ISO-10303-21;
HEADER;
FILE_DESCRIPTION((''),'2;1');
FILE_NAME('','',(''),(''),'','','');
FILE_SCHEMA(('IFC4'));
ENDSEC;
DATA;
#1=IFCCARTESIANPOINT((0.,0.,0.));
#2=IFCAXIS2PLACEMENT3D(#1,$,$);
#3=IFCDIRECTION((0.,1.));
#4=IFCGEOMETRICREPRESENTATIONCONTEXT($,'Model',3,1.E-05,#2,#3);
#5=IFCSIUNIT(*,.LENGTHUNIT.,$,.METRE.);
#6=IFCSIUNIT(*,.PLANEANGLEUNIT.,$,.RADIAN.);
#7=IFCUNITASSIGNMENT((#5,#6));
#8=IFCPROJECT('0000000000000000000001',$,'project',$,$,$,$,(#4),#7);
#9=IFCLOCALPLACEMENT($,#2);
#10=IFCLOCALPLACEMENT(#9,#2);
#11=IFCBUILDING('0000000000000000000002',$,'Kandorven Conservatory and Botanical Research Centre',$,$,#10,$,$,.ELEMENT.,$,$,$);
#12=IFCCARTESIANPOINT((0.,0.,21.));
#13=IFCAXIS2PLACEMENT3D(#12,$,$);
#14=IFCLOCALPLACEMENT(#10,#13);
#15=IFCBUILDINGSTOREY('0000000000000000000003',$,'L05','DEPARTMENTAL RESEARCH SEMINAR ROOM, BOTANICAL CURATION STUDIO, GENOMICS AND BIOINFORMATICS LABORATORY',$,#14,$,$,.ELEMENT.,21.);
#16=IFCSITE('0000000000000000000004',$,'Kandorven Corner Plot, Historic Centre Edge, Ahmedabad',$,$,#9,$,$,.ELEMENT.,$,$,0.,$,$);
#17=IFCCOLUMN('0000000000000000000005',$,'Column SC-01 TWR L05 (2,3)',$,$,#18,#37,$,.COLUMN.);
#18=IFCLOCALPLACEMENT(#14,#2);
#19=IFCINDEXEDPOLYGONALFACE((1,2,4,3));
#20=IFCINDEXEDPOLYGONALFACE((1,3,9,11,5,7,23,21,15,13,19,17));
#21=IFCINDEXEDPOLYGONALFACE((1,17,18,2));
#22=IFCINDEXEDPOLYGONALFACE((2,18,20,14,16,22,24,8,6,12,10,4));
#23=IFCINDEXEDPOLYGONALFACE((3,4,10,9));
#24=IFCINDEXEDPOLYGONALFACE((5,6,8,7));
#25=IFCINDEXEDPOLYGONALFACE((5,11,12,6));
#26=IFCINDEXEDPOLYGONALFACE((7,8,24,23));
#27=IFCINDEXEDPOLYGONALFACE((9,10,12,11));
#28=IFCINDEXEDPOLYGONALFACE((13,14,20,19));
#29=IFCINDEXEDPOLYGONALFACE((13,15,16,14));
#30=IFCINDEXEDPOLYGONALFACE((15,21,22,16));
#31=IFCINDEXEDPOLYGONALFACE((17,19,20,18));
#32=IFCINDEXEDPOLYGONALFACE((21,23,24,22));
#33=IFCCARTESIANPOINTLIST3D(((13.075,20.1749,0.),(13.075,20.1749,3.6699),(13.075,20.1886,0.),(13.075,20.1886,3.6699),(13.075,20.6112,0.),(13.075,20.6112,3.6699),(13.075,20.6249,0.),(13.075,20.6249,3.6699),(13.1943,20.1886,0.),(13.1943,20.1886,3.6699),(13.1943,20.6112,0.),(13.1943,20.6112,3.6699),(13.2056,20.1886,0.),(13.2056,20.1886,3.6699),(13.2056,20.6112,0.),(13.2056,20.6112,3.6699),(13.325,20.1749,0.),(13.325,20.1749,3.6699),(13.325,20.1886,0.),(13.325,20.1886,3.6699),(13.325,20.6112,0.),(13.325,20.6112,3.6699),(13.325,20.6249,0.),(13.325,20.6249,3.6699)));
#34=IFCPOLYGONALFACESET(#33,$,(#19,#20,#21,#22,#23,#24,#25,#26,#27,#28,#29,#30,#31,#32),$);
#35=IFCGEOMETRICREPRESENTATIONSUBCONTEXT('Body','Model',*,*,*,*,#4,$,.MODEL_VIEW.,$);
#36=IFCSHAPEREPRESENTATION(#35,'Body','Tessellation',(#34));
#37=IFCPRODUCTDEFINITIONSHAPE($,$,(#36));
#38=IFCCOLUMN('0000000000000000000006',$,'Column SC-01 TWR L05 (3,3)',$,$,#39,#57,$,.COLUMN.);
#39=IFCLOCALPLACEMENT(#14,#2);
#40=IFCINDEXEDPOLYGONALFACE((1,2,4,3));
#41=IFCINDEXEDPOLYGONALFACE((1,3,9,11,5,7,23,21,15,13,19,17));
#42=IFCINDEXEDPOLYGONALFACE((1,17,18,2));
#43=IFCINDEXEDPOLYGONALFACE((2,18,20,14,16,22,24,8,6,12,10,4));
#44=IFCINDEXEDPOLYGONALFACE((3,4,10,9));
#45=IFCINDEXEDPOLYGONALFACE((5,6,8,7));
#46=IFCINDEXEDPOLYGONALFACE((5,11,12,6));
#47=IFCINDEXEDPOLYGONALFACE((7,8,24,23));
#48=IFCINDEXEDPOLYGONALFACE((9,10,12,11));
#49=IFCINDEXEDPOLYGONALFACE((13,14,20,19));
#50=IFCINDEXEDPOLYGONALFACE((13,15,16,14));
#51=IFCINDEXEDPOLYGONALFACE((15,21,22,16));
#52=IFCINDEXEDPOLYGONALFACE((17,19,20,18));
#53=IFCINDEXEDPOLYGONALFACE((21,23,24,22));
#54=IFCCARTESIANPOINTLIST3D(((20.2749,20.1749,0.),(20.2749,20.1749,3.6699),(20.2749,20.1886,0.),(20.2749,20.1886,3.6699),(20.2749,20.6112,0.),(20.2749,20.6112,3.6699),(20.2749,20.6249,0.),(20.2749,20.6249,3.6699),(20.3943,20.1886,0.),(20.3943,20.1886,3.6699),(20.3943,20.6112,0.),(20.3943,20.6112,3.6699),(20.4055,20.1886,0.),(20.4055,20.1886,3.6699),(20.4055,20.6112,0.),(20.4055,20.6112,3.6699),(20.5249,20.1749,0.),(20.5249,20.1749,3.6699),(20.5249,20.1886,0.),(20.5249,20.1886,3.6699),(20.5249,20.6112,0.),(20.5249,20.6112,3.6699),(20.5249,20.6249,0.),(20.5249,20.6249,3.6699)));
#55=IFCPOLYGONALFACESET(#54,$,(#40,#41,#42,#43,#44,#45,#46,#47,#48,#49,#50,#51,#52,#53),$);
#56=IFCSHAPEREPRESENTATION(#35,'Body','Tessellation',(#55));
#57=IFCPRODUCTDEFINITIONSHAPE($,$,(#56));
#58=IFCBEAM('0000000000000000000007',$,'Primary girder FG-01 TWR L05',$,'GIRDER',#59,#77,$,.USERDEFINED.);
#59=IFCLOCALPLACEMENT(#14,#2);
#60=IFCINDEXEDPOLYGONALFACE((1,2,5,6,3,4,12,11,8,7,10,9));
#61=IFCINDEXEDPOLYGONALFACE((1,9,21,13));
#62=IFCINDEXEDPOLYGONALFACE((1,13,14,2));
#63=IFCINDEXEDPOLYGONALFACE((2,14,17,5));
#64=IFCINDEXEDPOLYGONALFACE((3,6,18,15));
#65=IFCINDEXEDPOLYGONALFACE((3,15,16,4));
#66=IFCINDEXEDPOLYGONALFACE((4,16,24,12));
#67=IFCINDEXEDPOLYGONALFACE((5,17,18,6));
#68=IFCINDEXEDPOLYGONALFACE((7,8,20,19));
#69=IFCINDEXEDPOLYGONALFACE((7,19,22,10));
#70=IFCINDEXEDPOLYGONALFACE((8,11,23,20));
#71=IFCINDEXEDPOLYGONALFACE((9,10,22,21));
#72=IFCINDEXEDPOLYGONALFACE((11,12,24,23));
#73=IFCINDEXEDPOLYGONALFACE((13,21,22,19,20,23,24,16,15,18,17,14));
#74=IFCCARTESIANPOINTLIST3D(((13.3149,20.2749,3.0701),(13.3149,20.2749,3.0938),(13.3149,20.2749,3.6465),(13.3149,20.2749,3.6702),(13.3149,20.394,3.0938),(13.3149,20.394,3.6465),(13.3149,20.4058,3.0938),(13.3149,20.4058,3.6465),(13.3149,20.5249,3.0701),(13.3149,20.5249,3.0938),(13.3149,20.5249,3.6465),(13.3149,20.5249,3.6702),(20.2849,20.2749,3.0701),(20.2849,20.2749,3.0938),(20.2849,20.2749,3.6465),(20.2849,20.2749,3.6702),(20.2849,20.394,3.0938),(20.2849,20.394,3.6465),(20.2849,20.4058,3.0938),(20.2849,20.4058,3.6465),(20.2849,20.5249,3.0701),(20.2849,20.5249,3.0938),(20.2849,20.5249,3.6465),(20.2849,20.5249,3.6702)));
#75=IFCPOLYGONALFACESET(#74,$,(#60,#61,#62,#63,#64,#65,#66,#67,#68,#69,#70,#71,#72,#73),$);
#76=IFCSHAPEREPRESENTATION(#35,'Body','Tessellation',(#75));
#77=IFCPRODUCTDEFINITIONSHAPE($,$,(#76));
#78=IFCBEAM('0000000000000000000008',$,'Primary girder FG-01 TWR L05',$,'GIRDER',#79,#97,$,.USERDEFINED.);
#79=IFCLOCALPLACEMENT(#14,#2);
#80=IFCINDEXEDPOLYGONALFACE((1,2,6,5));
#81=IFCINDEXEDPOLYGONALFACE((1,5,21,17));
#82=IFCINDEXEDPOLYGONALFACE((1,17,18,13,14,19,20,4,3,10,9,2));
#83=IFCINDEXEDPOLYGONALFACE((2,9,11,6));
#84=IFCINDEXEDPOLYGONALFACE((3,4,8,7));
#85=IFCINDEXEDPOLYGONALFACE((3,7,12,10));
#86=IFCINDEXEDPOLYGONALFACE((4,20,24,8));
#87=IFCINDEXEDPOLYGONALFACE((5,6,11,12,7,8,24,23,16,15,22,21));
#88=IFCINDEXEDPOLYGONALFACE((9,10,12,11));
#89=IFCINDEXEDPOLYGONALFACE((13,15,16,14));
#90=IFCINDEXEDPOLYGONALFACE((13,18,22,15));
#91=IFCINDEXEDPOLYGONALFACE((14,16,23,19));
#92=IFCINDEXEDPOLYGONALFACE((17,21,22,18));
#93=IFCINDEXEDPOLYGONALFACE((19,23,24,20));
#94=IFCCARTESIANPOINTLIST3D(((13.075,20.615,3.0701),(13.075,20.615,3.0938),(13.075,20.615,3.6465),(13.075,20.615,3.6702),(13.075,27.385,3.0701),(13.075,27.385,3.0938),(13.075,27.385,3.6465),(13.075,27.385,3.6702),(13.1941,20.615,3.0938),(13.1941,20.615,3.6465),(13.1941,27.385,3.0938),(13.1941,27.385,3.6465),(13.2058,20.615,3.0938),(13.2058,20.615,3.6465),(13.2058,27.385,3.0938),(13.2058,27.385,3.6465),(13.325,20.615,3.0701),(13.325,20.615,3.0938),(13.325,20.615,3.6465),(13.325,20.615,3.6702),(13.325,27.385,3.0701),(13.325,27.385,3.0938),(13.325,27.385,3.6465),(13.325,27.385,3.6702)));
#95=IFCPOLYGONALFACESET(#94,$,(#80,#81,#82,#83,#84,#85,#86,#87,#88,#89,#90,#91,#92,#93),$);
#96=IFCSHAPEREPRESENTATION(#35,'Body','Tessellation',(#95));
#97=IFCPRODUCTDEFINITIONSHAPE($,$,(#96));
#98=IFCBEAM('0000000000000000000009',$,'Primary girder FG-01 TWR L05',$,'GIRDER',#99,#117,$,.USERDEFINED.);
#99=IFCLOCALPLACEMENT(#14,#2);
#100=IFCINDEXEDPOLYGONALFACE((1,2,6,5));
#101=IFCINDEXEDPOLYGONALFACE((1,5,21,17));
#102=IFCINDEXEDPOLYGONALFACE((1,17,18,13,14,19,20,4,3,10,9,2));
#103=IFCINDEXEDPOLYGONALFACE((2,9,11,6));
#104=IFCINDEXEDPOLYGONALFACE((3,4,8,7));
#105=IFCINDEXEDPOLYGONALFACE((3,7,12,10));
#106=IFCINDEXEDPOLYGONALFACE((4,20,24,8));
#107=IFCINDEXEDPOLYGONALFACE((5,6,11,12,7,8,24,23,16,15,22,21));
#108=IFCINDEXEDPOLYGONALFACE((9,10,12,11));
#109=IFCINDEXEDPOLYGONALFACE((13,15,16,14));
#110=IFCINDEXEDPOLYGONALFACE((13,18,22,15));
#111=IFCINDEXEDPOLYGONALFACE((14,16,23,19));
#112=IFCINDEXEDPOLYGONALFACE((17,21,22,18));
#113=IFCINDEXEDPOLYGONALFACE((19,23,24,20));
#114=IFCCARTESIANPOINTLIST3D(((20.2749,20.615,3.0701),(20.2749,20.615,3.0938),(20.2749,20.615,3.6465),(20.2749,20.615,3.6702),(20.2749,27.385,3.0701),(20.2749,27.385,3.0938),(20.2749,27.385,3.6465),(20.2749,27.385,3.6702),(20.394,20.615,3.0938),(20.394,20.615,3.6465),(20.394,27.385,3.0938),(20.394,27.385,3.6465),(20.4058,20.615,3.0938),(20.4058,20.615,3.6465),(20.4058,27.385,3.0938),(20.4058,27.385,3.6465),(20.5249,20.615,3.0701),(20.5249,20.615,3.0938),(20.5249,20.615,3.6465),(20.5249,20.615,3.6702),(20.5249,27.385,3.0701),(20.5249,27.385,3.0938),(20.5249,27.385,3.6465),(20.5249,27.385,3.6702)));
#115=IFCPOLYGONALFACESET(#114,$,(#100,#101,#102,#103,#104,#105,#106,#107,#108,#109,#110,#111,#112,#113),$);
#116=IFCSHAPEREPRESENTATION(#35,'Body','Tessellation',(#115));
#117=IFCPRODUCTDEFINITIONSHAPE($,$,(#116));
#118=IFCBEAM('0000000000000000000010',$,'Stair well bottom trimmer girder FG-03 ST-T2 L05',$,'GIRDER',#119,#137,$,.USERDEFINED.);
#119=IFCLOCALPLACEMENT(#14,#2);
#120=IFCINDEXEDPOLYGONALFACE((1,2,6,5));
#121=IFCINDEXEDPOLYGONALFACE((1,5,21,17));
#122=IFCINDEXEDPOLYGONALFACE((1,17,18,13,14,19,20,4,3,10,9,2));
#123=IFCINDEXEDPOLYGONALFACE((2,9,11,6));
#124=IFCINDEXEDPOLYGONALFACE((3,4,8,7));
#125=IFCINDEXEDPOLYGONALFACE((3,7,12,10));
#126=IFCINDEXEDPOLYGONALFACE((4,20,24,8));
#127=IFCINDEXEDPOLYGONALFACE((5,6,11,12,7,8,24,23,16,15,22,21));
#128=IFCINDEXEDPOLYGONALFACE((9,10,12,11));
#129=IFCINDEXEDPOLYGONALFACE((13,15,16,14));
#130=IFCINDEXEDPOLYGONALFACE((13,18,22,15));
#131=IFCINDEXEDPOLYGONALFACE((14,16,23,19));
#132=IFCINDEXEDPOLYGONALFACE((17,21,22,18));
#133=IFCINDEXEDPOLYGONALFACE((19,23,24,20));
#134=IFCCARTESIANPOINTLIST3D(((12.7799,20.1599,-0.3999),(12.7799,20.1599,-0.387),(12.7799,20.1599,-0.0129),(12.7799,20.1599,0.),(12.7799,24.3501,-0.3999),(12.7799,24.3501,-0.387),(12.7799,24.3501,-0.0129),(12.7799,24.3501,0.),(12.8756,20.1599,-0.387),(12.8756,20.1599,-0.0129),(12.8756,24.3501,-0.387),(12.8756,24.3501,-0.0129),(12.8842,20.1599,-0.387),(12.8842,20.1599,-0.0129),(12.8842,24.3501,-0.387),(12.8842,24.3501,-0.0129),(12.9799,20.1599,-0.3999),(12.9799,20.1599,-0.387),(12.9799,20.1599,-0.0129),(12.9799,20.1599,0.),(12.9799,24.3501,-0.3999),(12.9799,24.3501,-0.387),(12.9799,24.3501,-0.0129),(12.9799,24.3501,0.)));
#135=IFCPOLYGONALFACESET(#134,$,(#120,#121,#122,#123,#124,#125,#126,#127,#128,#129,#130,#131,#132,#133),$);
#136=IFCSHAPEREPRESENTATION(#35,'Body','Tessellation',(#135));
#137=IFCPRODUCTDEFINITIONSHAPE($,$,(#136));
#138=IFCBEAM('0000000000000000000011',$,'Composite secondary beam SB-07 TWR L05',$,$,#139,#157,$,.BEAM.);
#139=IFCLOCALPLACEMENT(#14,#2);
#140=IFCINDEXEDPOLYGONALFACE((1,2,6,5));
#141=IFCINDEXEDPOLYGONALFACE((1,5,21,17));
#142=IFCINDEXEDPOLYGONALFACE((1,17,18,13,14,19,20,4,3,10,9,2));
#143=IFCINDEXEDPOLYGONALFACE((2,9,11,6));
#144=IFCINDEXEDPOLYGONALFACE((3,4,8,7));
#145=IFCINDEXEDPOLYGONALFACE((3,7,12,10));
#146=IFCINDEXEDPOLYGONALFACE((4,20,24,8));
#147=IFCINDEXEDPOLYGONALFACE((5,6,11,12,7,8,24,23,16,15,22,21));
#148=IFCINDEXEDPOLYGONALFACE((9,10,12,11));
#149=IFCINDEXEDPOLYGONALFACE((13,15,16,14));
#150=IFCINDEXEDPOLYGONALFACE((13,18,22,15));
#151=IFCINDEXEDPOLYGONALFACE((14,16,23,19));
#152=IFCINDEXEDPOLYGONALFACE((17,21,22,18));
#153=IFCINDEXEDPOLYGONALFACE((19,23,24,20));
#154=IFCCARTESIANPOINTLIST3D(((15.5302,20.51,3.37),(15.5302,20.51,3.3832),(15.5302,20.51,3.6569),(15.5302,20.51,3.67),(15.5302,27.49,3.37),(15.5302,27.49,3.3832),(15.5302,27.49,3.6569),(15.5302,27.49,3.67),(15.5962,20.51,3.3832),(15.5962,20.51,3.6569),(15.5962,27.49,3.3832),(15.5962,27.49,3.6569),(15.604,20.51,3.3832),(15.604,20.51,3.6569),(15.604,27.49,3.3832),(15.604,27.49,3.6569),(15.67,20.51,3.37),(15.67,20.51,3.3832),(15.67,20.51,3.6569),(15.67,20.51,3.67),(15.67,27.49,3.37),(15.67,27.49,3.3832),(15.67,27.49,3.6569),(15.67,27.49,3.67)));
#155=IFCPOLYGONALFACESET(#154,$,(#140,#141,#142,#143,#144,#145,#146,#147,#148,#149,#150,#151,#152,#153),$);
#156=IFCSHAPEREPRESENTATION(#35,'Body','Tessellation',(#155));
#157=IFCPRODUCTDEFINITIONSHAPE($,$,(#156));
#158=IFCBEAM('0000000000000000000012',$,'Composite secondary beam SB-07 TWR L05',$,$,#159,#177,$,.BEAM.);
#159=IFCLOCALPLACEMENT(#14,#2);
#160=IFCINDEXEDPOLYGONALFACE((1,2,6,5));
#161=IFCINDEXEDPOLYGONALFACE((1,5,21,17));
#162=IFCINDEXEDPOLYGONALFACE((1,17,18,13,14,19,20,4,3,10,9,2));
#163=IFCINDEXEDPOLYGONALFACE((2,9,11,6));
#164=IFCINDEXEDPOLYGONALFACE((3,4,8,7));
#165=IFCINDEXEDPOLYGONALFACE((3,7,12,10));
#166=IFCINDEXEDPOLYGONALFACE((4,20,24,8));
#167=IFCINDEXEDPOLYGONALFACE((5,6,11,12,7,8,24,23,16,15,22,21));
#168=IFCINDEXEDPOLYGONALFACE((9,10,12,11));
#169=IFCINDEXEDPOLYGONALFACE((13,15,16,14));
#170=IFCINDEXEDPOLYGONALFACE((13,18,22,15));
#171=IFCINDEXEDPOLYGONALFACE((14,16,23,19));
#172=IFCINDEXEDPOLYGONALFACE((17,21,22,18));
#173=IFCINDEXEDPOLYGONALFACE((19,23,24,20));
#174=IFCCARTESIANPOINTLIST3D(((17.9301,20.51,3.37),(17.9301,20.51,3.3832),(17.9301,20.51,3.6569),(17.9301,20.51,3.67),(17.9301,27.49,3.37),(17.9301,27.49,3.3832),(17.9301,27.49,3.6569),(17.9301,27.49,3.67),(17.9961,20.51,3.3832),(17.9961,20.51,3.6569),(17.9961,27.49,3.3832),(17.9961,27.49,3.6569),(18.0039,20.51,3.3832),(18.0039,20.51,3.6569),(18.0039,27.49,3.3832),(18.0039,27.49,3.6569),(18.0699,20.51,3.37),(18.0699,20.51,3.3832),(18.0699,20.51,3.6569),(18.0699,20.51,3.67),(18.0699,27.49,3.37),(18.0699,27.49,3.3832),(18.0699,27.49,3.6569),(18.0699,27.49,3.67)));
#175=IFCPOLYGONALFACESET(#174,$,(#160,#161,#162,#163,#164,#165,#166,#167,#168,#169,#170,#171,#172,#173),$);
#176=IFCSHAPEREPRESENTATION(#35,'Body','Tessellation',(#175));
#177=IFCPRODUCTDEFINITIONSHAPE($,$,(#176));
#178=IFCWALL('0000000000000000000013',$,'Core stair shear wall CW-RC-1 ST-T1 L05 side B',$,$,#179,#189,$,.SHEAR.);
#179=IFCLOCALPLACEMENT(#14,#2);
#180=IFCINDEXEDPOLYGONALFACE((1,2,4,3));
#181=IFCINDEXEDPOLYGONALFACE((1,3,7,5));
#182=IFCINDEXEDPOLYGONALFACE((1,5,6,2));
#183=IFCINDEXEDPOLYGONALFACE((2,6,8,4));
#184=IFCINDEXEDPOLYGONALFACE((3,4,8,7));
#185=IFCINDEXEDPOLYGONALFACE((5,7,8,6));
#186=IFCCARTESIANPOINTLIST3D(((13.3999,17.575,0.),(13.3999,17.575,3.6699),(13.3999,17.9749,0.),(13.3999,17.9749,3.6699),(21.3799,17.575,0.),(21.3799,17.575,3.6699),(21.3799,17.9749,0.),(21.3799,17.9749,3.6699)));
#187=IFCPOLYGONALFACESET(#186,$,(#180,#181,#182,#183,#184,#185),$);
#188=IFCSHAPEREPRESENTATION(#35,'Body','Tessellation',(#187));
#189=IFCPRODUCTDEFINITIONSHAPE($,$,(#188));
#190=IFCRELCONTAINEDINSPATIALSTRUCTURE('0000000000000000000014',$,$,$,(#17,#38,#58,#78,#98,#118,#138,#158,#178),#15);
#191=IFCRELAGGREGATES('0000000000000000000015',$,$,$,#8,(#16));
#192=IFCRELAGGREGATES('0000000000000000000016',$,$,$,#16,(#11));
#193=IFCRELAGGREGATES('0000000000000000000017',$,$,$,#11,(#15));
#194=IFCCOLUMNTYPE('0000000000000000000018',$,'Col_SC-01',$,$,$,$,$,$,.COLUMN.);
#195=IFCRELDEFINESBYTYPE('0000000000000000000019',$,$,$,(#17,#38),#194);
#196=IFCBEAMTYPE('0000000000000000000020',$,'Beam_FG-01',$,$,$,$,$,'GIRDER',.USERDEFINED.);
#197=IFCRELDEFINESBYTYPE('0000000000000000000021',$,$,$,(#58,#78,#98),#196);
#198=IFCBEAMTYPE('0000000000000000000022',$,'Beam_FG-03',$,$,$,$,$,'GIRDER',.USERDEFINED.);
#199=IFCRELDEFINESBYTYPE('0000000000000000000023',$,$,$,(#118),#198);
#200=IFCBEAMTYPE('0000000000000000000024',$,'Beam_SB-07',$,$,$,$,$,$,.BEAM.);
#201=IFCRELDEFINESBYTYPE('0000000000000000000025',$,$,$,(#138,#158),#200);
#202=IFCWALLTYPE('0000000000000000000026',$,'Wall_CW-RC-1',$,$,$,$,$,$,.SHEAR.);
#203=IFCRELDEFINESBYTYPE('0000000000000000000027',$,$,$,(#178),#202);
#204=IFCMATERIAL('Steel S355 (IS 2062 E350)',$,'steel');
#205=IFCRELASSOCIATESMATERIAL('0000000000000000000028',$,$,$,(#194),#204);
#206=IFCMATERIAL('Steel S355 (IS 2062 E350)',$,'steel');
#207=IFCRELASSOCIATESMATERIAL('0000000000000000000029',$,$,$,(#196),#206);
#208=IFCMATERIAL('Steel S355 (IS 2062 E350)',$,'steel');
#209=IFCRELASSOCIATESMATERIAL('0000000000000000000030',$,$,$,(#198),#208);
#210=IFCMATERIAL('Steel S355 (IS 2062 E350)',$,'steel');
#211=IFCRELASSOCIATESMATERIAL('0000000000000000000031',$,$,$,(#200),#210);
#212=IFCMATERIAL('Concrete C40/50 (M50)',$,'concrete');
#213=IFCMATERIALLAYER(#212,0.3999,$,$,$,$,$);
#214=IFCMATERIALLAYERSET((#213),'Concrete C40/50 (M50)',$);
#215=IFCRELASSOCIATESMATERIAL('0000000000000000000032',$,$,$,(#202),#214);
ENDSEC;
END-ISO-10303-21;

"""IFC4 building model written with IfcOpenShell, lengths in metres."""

from ifc_helpers import new_model, si_unit, direction, frame, frame_2d, origin, origin_2d, place, context, subcontext, project, spatial, rectangle, i_section, extrude, material, layer, layer_set, material_profile, profile_set, type_object, element, save


model = new_model("IFC4")

# Units and contexts
model_context = context("Model", 3, precision=1e-05, world=origin(), true_north=direction((0.0, 1.0)))
body_context = subcontext(model_context, "Body", "Model", "MODEL_VIEW")
ifc_project = project(units=[si_unit("LENGTHUNIT", "METRE"), si_unit("PLANEANGLEUNIT", "RADIAN")], contexts=[model_context])

# Site, building, storey
site_placement = place(None, origin())
site = spatial("IfcSite", under=ifc_project, at=site_placement, Name="Kandorven Corner Plot, Historic Centre Edge, Ahmedabad", CompositionType="ELEMENT", RefElevation=0.0)
building_placement = place(site_placement, origin())
building = spatial("IfcBuilding", under=site, at=building_placement, Name="Kandorven Conservatory and Botanical Research Centre", CompositionType="ELEMENT")
storey_placement = place(building_placement, frame((0.0, 0.0, 21.0)))
storey = spatial("IfcBuildingStorey", under=building, at=storey_placement, Name="L05", Description="DEPARTMENTAL RESEARCH SEMINAR ROOM, BOTANICAL CURATION STUDIO, GENOMICS AND BIOINFORMATICS LABORATORY", CompositionType="ELEMENT", Elevation=21.0)

# Columns
ifc_material_1 = material(Name="Steel S355 (IS 2062 E350)", Category="steel")
ifc_material_profile_1 = material_profile(ifc_material_1, i_section(OverallWidth=0.25, OverallDepth=0.45, WebThickness=0.0112, FlangeThickness=0.0137, at=origin_2d()))
ifc_profile_set_1 = profile_set([ifc_material_profile_1], Name="Steel S355 (IS 2062 E350)")
column_type = type_object("IfcColumnType", Name="Col_SC-01", PredefinedType="COLUMN", material=ifc_profile_set_1)
for number, where, z_axis, x_axis, name in (
    (1, (13.2, 20.3999, 0.0), (0.0, 0.0, 1.0), (1.0, 0.0, 0.0), "Column SC-01 TWR L05 (2,3)"),
    (2, (20.3999, 20.3999, 0.0), (0.0, 0.0, 1.0), (1.0, 0.0, 0.0), "Column SC-01 TWR L05 (3,3)"),
):
    element("IfcColumn", number, at=place(storey_placement, frame(where, z_axis=z_axis, x_axis=x_axis)), inside=storey, type_object=column_type, Name=name, PredefinedType="COLUMN", context=body_context, shape_type="SweptSolid", body=[
        extrude(i_section(OverallWidth=0.25, OverallDepth=0.45, WebThickness=0.0112, FlangeThickness=0.0137, at=origin_2d()), origin(), (0.0, 0.0, 1.0), 3.6699),
    ])

# Beams
ifc_material_2 = material(Name="Steel S355 (IS 2062 E350)", Category="steel")
ifc_material_profile_2 = material_profile(ifc_material_2, i_section(OverallWidth=0.25, OverallDepth=0.6001, WebThickness=0.0117, FlangeThickness=0.0237, at=origin_2d()))
ifc_profile_set_2 = profile_set([ifc_material_profile_2], Name="Steel S355 (IS 2062 E350)")
beam_type_1 = type_object("IfcBeamType", Name="Beam_FG-01", ElementType="GIRDER", PredefinedType="USERDEFINED", material=ifc_profile_set_2)
beam_1_placement = place(storey_placement, frame((13.3149, 20.3999, 3.3701), z_axis=(1.0, 0.0, 0.0), x_axis=(0.0, 1.0, 0.0)))
element("IfcBeam", 3, at=beam_1_placement, inside=storey, type_object=beam_type_1, Name="Primary girder FG-01 TWR L05", ObjectType="GIRDER", PredefinedType="USERDEFINED", context=body_context, shape_type="SweptSolid", body=[
    extrude(i_section(OverallWidth=0.25, OverallDepth=0.6001, WebThickness=0.0117, FlangeThickness=0.0237, at=origin_2d()), origin(), (0.0, 0.0, 1.0), 6.97),
])
for number, where, z_axis, x_axis, name in (
    (4, (13.2, 20.615, 3.3701), (0.0, 1.0, 0.0), (-1.0, 0.0, 0.0), "Primary girder FG-01 TWR L05"),
    (5, (20.3999, 20.615, 3.3701), (0.0, 1.0, 0.0), (-1.0, 0.0, 0.0), "Primary girder FG-01 TWR L05"),
):
    element("IfcBeam", number, at=place(storey_placement, frame(where, z_axis=z_axis, x_axis=x_axis)), inside=storey, type_object=beam_type_1, Name=name, ObjectType="GIRDER", PredefinedType="USERDEFINED", context=body_context, shape_type="SweptSolid", body=[
        extrude(i_section(OverallWidth=0.25, OverallDepth=0.6001, WebThickness=0.0117, FlangeThickness=0.0237, at=origin_2d()), origin(), (0.0, 0.0, 1.0), 6.77),
    ])
ifc_material_3 = material(Name="Steel S355 (IS 2062 E350)", Category="steel")
ifc_material_profile_3 = material_profile(ifc_material_3, i_section(OverallWidth=0.2, OverallDepth=0.3999, WebThickness=0.0085, FlangeThickness=0.0129, at=origin_2d()))
ifc_profile_set_3 = profile_set([ifc_material_profile_3], Name="Steel S355 (IS 2062 E350)")
beam_type_2 = type_object("IfcBeamType", Name="Beam_FG-03", ElementType="GIRDER", PredefinedType="USERDEFINED", material=ifc_profile_set_3)
beam_2_placement = place(storey_placement, frame((12.8799, 24.3501, -0.2), z_axis=(0.0, -1.0, 0.0), x_axis=(1.0, 0.0, 0.0)))
element("IfcBeam", 6, at=beam_2_placement, inside=storey, type_object=beam_type_2, Name="Stair well bottom trimmer girder FG-03 ST-T2 L05", ObjectType="GIRDER", PredefinedType="USERDEFINED", context=body_context, shape_type="SweptSolid", body=[
    extrude(i_section(OverallWidth=0.2, OverallDepth=0.3999, WebThickness=0.0085, FlangeThickness=0.0129, at=origin_2d()), origin(), (0.0, 0.0, 1.0), 4.1902),
])
ifc_material_4 = material(Name="Steel S355 (IS 2062 E350)", Category="steel")
ifc_material_profile_4 = material_profile(ifc_material_4, i_section(OverallWidth=0.1399, OverallDepth=0.3, WebThickness=0.0078, FlangeThickness=0.0132, at=origin_2d()))
ifc_profile_set_4 = profile_set([ifc_material_profile_4], Name="Steel S355 (IS 2062 E350)")
beam_type_3 = type_object("IfcBeamType", Name="Beam_SB-07", PredefinedType="BEAM", material=ifc_profile_set_4)
for number, where, z_axis, x_axis, name in (
    (7, (15.6001, 20.51, 3.52), (0.0, 1.0, 0.0), (-1.0, 0.0, 0.0), "Composite secondary beam SB-07 TWR L05"),
    (8, (18.0, 20.51, 3.52), (0.0, 1.0, 0.0), (-1.0, 0.0, 0.0), "Composite secondary beam SB-07 TWR L05"),
):
    element("IfcBeam", number, at=place(storey_placement, frame(where, z_axis=z_axis, x_axis=x_axis)), inside=storey, type_object=beam_type_3, Name=name, PredefinedType="BEAM", context=body_context, shape_type="SweptSolid", body=[
        extrude(i_section(OverallWidth=0.1399, OverallDepth=0.3, WebThickness=0.0078, FlangeThickness=0.0132, at=origin_2d()), origin(), (0.0, 0.0, 1.0), 6.98),
    ])

# Wall
ifc_material_5 = material(Name="Concrete C40/50 (M50)", Category="concrete")
ifc_layer_1 = layer(ifc_material_5, 0.3999)
ifc_layer_set_1 = layer_set([ifc_layer_1], Name="Concrete C40/50 (M50)")
wall_type_1 = type_object("IfcWallType", Name="Wall_CW-RC-1", PredefinedType="SHEAR", material=ifc_layer_set_1)
for number, where, z_axis, x_axis, name in (
    (9, (13.3999, 17.7749, 0.0), (0.0, 0.0, 1.0), (1.0, 0.0, 0.0), "Core stair shear wall CW-RC-1 ST-T1 L05 side B"),
):
    element("IfcWall", number, at=place(storey_placement, frame(where, z_axis=z_axis, x_axis=x_axis)), inside=storey, type_object=wall_type_1, Name=name, PredefinedType="SHEAR", context=body_context, shape_type="SweptSolid", body=[
        extrude(rectangle(XDim=7.98, YDim=0.3999, at=frame_2d((3.99, 0.0))), origin(), (0.0, 0.0, 1.0), 3.6699),
    ])

save(model, "model.ifc")
